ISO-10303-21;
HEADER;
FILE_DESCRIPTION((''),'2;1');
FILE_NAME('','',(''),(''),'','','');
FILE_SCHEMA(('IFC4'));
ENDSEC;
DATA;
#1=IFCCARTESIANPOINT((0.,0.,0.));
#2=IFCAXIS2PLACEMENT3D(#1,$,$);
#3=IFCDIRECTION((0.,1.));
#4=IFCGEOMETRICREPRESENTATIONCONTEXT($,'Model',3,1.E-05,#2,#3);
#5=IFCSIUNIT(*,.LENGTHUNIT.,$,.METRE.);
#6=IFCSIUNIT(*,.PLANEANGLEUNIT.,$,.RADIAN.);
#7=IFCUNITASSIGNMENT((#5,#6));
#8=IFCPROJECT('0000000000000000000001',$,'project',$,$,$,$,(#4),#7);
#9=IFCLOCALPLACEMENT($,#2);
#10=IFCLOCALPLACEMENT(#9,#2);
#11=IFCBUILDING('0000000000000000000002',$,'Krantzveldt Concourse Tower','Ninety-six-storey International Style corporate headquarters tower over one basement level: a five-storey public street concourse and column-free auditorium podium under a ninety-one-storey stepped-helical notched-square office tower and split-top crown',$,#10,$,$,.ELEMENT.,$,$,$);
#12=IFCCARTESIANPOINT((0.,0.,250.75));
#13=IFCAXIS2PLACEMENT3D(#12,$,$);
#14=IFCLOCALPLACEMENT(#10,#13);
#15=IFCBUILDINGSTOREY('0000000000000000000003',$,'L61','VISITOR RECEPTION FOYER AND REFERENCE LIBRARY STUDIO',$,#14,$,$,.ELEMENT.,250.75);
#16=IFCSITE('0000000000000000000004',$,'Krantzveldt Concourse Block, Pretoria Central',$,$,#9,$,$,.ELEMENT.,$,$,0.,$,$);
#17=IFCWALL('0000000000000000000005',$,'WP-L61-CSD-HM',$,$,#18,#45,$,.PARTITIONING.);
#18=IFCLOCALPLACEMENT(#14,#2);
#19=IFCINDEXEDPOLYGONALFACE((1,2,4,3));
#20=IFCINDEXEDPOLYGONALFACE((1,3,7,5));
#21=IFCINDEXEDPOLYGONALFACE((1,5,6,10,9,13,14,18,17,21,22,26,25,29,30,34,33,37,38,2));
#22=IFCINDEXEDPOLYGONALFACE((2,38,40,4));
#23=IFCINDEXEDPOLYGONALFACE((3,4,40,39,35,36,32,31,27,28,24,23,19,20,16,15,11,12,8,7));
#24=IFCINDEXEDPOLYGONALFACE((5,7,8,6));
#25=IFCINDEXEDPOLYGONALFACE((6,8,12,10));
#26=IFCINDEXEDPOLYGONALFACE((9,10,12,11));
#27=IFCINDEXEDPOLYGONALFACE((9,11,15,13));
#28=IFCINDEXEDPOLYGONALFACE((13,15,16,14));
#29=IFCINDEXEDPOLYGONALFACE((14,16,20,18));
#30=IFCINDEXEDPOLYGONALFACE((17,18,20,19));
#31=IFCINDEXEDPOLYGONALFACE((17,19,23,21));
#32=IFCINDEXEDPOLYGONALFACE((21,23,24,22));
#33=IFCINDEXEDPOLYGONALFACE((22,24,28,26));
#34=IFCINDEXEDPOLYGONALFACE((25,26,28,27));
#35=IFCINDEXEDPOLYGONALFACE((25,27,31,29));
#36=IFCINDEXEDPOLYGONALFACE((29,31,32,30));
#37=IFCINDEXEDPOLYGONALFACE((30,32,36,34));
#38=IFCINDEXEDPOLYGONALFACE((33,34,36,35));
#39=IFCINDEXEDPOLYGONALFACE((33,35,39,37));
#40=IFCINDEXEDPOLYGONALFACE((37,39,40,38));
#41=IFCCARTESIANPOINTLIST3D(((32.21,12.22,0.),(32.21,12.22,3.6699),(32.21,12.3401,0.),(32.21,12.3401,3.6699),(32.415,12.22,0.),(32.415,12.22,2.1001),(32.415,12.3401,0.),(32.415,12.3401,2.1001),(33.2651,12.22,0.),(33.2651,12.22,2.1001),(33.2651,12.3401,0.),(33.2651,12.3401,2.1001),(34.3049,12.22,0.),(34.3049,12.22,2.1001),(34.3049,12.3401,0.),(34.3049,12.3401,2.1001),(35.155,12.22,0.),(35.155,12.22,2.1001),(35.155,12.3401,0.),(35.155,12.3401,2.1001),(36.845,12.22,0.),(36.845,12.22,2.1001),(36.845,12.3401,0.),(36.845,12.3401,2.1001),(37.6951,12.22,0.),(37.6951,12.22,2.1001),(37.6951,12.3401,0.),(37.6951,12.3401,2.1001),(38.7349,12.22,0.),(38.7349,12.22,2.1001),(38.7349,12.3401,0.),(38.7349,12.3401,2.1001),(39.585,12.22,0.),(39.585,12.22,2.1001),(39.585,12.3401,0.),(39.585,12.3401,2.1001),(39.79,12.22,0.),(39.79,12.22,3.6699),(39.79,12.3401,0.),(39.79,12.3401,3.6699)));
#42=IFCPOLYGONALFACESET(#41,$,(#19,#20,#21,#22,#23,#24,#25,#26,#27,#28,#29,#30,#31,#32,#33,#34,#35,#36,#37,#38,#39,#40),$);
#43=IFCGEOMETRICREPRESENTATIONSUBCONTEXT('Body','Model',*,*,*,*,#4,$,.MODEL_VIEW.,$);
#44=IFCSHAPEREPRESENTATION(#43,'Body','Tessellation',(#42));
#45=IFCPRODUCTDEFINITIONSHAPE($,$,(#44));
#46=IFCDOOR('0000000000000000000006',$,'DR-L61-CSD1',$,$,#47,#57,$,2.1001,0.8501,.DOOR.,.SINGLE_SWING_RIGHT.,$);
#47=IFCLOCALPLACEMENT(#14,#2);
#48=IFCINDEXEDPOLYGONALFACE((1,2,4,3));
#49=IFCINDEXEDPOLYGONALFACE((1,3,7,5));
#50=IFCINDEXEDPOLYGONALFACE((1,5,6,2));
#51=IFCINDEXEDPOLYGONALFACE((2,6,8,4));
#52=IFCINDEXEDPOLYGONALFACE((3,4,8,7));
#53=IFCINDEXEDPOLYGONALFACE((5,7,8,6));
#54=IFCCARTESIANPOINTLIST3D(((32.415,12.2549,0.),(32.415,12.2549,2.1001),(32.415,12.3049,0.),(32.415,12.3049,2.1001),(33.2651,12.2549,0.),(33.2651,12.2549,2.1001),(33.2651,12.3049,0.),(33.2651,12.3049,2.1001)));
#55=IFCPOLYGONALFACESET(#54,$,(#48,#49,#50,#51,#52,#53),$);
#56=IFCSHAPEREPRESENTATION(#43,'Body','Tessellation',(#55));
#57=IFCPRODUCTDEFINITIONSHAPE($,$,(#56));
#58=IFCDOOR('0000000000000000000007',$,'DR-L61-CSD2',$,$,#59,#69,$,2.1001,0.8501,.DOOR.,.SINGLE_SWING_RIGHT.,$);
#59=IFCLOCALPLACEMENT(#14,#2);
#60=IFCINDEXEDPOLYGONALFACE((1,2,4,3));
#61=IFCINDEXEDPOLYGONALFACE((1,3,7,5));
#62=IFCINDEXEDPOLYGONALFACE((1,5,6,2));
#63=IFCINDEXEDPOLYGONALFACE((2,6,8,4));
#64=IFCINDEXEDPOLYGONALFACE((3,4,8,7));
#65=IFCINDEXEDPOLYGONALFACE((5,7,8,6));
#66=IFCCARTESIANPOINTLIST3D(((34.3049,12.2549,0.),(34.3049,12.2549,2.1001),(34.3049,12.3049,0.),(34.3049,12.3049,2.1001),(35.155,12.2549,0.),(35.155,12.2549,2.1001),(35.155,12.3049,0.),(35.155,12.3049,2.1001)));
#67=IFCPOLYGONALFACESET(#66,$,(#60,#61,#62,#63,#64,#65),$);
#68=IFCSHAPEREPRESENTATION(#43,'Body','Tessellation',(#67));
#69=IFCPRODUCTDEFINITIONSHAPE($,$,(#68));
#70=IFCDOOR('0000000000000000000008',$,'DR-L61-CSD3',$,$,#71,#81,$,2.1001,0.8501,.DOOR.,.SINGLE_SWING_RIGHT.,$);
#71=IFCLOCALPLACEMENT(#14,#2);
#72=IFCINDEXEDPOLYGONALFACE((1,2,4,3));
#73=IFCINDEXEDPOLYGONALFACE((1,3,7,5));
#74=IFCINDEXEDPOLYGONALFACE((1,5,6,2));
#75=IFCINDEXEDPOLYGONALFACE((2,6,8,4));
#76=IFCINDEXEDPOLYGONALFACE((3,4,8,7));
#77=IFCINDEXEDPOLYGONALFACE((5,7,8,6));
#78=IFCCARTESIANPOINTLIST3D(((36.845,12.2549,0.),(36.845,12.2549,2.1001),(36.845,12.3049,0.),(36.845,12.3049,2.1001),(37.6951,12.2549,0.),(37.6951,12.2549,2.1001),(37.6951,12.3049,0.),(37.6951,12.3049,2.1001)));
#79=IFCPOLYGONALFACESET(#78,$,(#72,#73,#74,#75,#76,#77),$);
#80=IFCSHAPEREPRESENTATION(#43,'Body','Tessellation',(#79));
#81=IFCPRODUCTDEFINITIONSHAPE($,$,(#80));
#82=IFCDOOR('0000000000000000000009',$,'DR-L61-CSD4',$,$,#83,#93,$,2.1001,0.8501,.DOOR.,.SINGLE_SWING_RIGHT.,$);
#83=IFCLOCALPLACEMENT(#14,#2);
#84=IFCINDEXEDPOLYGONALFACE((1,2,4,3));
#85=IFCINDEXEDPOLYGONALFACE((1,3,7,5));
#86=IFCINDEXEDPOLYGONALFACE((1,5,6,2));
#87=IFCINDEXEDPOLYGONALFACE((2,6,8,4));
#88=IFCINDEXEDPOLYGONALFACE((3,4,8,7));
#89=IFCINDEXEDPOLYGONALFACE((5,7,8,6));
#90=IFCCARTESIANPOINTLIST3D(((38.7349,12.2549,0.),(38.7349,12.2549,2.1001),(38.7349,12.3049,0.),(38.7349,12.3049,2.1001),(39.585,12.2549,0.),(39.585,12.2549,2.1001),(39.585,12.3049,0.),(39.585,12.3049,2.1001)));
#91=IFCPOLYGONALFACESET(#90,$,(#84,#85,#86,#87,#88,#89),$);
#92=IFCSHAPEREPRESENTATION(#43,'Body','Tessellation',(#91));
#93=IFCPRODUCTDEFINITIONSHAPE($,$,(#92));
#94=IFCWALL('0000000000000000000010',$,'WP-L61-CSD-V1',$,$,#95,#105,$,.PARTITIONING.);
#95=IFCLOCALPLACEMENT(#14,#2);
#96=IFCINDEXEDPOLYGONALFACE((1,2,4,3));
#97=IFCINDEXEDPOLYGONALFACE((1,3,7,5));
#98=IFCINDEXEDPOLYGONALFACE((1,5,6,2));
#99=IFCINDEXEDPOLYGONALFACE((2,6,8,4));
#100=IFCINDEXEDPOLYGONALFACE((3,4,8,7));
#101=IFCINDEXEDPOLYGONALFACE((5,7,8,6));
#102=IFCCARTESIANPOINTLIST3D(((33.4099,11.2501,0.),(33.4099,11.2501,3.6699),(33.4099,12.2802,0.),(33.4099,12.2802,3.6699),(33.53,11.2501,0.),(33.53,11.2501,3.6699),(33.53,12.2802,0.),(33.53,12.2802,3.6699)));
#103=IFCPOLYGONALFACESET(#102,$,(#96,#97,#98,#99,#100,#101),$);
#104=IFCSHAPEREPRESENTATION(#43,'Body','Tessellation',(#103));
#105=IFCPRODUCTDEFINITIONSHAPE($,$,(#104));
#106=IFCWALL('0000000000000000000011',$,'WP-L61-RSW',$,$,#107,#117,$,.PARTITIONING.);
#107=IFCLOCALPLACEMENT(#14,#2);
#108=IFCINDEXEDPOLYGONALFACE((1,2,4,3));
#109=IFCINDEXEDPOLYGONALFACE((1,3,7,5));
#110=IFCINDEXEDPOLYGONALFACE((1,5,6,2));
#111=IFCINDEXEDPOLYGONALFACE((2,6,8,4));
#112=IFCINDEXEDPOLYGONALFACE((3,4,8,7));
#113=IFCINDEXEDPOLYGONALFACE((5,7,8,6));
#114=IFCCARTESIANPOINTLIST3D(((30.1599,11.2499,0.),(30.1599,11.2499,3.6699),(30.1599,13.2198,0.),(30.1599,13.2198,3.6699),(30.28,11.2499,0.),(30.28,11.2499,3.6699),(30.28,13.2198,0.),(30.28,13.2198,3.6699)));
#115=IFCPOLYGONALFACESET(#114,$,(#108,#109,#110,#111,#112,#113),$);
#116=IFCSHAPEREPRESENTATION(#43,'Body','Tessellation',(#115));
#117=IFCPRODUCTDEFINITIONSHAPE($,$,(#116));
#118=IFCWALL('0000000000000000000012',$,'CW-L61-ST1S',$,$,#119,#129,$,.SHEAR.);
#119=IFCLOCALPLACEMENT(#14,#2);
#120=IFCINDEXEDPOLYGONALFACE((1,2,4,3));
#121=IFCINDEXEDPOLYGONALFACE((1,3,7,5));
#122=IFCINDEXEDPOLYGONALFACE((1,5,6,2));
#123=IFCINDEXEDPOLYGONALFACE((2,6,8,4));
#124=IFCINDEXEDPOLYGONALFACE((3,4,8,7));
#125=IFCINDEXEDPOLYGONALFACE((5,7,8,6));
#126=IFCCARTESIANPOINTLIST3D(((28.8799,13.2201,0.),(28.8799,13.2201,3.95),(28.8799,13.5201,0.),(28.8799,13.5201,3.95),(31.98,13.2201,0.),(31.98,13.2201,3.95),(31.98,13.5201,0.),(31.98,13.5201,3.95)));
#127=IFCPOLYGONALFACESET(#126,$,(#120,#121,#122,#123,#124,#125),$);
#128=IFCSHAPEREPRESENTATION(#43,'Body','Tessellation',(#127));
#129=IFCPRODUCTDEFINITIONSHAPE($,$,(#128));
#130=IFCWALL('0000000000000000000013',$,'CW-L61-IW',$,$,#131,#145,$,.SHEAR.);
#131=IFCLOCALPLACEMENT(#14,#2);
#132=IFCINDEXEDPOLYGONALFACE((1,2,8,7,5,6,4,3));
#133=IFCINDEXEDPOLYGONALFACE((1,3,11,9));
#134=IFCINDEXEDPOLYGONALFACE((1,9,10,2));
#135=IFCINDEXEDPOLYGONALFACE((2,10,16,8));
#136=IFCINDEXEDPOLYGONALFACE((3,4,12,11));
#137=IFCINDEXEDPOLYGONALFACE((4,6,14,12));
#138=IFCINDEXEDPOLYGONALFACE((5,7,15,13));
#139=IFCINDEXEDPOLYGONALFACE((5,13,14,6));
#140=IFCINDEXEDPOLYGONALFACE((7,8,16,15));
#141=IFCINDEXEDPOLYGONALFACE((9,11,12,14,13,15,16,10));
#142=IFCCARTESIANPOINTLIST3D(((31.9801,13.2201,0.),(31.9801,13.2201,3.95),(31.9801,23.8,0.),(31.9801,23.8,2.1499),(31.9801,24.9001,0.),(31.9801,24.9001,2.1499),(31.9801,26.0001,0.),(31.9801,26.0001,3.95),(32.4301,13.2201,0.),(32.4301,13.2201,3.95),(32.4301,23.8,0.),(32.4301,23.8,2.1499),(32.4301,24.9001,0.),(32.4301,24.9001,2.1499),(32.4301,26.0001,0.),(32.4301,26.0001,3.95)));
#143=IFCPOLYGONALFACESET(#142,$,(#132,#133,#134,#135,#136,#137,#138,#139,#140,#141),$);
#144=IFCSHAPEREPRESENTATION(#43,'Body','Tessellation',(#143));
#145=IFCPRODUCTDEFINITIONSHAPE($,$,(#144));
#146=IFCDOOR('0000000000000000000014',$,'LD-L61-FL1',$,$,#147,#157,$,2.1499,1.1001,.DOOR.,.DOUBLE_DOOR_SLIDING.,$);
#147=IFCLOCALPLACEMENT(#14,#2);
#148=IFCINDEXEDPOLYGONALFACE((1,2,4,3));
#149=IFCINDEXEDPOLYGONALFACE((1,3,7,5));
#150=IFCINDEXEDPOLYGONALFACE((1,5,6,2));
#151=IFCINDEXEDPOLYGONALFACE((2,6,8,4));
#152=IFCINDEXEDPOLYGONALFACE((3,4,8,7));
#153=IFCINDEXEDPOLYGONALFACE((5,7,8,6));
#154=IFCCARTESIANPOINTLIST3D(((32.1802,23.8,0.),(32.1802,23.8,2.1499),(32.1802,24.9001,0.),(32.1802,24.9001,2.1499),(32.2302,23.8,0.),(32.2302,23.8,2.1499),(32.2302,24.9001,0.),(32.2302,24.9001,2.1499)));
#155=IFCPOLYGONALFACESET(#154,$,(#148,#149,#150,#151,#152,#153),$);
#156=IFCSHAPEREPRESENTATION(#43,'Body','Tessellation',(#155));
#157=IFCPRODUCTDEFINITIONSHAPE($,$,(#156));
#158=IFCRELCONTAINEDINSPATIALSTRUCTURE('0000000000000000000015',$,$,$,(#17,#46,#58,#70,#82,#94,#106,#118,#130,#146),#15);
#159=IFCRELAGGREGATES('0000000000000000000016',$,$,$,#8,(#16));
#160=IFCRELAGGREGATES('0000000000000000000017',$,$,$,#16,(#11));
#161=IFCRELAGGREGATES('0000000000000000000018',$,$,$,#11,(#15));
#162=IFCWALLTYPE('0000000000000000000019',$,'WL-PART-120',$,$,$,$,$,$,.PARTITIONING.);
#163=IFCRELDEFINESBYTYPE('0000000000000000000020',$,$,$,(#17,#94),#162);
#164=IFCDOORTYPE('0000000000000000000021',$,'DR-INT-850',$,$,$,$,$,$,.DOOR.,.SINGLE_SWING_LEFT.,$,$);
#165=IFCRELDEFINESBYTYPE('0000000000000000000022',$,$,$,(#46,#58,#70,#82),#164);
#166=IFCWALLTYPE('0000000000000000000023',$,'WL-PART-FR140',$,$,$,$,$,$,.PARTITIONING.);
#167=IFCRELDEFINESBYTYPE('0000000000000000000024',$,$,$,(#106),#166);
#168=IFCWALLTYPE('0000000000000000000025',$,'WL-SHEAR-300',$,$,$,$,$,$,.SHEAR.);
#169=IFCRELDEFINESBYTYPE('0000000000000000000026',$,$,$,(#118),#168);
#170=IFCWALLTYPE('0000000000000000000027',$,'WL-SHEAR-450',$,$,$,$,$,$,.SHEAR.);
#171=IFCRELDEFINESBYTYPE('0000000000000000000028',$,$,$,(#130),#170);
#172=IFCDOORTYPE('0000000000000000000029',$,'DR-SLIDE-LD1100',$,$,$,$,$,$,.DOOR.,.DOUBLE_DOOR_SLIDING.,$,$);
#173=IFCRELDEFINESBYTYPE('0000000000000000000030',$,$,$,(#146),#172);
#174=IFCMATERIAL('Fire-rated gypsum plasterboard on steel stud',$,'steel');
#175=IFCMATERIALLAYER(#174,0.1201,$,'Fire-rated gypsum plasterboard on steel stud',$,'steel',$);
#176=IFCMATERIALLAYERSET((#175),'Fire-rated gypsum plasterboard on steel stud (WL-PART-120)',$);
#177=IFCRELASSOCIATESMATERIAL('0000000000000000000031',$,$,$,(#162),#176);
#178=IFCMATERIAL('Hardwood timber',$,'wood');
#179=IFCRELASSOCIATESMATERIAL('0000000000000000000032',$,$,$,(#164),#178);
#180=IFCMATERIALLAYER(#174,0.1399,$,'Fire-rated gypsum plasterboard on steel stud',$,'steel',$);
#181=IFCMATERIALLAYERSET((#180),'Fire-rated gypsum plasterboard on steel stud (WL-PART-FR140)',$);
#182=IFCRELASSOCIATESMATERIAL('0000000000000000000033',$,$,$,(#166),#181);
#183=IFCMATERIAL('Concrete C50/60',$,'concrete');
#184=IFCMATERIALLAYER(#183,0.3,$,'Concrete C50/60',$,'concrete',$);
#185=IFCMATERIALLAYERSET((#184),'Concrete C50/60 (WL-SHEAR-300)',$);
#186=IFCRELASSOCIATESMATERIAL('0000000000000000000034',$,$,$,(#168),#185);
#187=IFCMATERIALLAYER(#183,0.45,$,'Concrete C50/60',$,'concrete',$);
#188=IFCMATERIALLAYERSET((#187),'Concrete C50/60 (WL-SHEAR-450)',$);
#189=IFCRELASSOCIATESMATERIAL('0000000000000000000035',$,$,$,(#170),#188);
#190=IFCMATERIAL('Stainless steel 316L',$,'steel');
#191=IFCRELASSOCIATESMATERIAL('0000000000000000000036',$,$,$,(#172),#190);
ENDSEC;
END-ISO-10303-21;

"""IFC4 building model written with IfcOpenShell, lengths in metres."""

from ifc_helpers import new_model, si_unit, direction, frame, frame_2d, origin, place, context, subcontext, project, spatial, rectangle, extrude, material, layer, layer_set, type_object, element, fill, save


model = new_model("IFC4")

# Units and contexts
model_context = context("Model", 3, precision=1e-05, world=origin(), true_north=direction((0.0, 1.0)))
body_context = subcontext(model_context, "Body", "Model", "MODEL_VIEW")
ifc_project = project(units=[si_unit("LENGTHUNIT", "METRE"), si_unit("PLANEANGLEUNIT", "RADIAN")], contexts=[model_context])

# Site, building, storey
site_placement = place(None, origin())
site = spatial("IfcSite", under=ifc_project, at=site_placement, Name="Krantzveldt Concourse Block, Pretoria Central", CompositionType="ELEMENT", RefElevation=0.0)
building_placement = place(site_placement, origin())
building = spatial("IfcBuilding", under=site, at=building_placement, Name="Krantzveldt Concourse Tower", Description="Ninety-six-storey International Style corporate headquarters tower over one basement level: a five-storey public street concourse and column-free auditorium podium under a ninety-one-storey stepped-helical notched-square office tower and split-top crown", CompositionType="ELEMENT")
storey_placement = place(building_placement, frame((0.0, 0.0, 250.75)))
storey = spatial("IfcBuildingStorey", under=building, at=storey_placement, Name="L61", Description="VISITOR RECEPTION FOYER AND REFERENCE LIBRARY STUDIO", CompositionType="ELEMENT", Elevation=250.75)

# Shared definitions
ifc_material_1 = material(Name="Fire-rated gypsum plasterboard on steel stud", Category="steel")
ifc_layer_1 = layer(ifc_material_1, 0.1201, Name="Fire-rated gypsum plasterboard on steel stud", Category="steel")
ifc_layer_set_1 = layer_set([ifc_layer_1], Name="Fire-rated gypsum plasterboard on steel stud (WL-PART-120)")
wall_type_1 = type_object("IfcWallType", Name="WL-PART-120", PredefinedType="PARTITIONING", material=ifc_layer_set_1)
ifc_material_2 = material(Name="Hardwood timber", Category="wood")
door_type_1 = type_object("IfcDoorType", Name="DR-INT-850", OperationType="SINGLE_SWING_LEFT", PredefinedType="DOOR", material=ifc_material_2)

# Wall, openings, doors
wall_1_placement = place(storey_placement, frame((32.21, 12.28, 0.0), z_axis=(0.0, 0.0, 1.0), x_axis=(1.0, 0.0, 0.0)))
wall_1 = element("IfcWall", 1, at=wall_1_placement, inside=storey, type_object=wall_type_1, Name="WP-L61-CSD-HM", PredefinedType="PARTITIONING", context=body_context, shape_type="SweptSolid", body=[
    extrude(rectangle(XDim=7.5801, YDim=0.1201, at=frame_2d((3.79, 0.0))), origin(), (0.0, 0.0, 1.0), 3.6699),
])
opening_1_placement = place(wall_1_placement, frame((0.2051, 0.0, 0.0)))
opening_1 = element("IfcOpeningElement", 2, at=opening_1_placement, cuts=wall_1, PredefinedType="OPENING", context=body_context, shape_type="SweptSolid", body=[
    extrude(rectangle(XDim=0.8501, YDim=2.1001, at=frame_2d((0.425, 1.05))), frame((0.0, 0.0701, 0.0), z_axis=(0.0, -1.0, 0.0), x_axis=(1.0, 0.0, 0.0)), (0.0, 0.0, 1.0), 0.1401),
])
opening_2_placement = place(wall_1_placement, frame((2.095, 0.0, 0.0)))
opening_2 = element("IfcOpeningElement", 3, at=opening_2_placement, cuts=wall_1, PredefinedType="OPENING", context=body_context, shape_type="SweptSolid", body=[
    extrude(rectangle(XDim=0.8501, YDim=2.1001, at=frame_2d((0.425, 1.05))), frame((0.0, 0.0701, 0.0), z_axis=(0.0, -1.0, 0.0), x_axis=(1.0, 0.0, 0.0)), (0.0, 0.0, 1.0), 0.1401),
])
opening_3_placement = place(wall_1_placement, frame((4.635, 0.0, 0.0)))
opening_3 = element("IfcOpeningElement", 4, at=opening_3_placement, cuts=wall_1, PredefinedType="OPENING", context=body_context, shape_type="SweptSolid", body=[
    extrude(rectangle(XDim=0.8501, YDim=2.1001, at=frame_2d((0.425, 1.05))), frame((0.0, 0.0701, 0.0), z_axis=(0.0, -1.0, 0.0), x_axis=(1.0, 0.0, 0.0)), (0.0, 0.0, 1.0), 0.1401),
])
opening_4_placement = place(wall_1_placement, frame((6.5249, 0.0, 0.0)))
opening_4 = element("IfcOpeningElement", 5, at=opening_4_placement, cuts=wall_1, PredefinedType="OPENING", context=body_context, shape_type="SweptSolid", body=[
    extrude(rectangle(XDim=0.8501, YDim=2.1001, at=frame_2d((0.425, 1.05))), frame((0.0, 0.0701, 0.0), z_axis=(0.0, -1.0, 0.0), x_axis=(1.0, 0.0, 0.0)), (0.0, 0.0, 1.0), 0.1401),
])
door_1_placement = place(opening_1_placement, origin())
door_1 = element("IfcDoor", 6, at=door_1_placement, inside=storey, type_object=door_type_1, Name="DR-L61-CSD1", OperationType="SINGLE_SWING_RIGHT", OverallHeight=2.1001, OverallWidth=0.8501, PredefinedType="DOOR", context=body_context, shape_type="SweptSolid", body=[
    extrude(rectangle(XDim=0.8501, YDim=2.1001, at=frame_2d((0.425, 1.05))), frame((0.0, 0.0249, 0.0), z_axis=(0.0, -1.0, 0.0), x_axis=(1.0, 0.0, 0.0)), (0.0, 0.0, 1.0), 0.05),
])
fill(opening_1, door_1)
door_2_placement = place(opening_2_placement, origin())
door_2 = element("IfcDoor", 7, at=door_2_placement, inside=storey, type_object=door_type_1, Name="DR-L61-CSD2", OperationType="SINGLE_SWING_RIGHT", OverallHeight=2.1001, OverallWidth=0.8501, PredefinedType="DOOR", context=body_context, shape_type="SweptSolid", body=[
    extrude(rectangle(XDim=0.8501, YDim=2.1001, at=frame_2d((0.425, 1.05))), frame((0.0, 0.0249, 0.0), z_axis=(0.0, -1.0, 0.0), x_axis=(1.0, 0.0, 0.0)), (0.0, 0.0, 1.0), 0.05),
])
fill(opening_2, door_2)
door_3_placement = place(opening_3_placement, origin())
door_3 = element("IfcDoor", 8, at=door_3_placement, inside=storey, type_object=door_type_1, Name="DR-L61-CSD3", OperationType="SINGLE_SWING_RIGHT", OverallHeight=2.1001, OverallWidth=0.8501, PredefinedType="DOOR", context=body_context, shape_type="SweptSolid", body=[
    extrude(rectangle(XDim=0.8501, YDim=2.1001, at=frame_2d((0.425, 1.05))), frame((0.0, 0.0249, 0.0), z_axis=(0.0, -1.0, 0.0), x_axis=(1.0, 0.0, 0.0)), (0.0, 0.0, 1.0), 0.05),
])
fill(opening_3, door_3)
door_4_placement = place(opening_4_placement, origin())
door_4 = element("IfcDoor", 9, at=door_4_placement, inside=storey, type_object=door_type_1, Name="DR-L61-CSD4", OperationType="SINGLE_SWING_RIGHT", OverallHeight=2.1001, OverallWidth=0.8501, PredefinedType="DOOR", context=body_context, shape_type="SweptSolid", body=[
    extrude(rectangle(XDim=0.8501, YDim=2.1001, at=frame_2d((0.425, 1.05))), frame((0.0, 0.0249, 0.0), z_axis=(0.0, -1.0, 0.0), x_axis=(1.0, 0.0, 0.0)), (0.0, 0.0, 1.0), 0.05),
])
fill(opening_4, door_4)

# Walls
wall_2_placement = place(storey_placement, frame((33.47, 11.25, 0.0), z_axis=(0.0, 0.0, 1.0), x_axis=(0.0, 1.0, 0.0)))
element("IfcWall", 10, at=wall_2_placement, inside=storey, type_object=wall_type_1, Name="WP-L61-CSD-V1", PredefinedType="PARTITIONING", context=body_context, shape_type="SweptSolid", body=[
    extrude(rectangle(XDim=1.03, YDim=0.1201, at=frame_2d((0.5151, 0.0))), origin(), (0.0, 0.0, 1.0), 3.6699),
])
ifc_layer_2 = layer(ifc_material_1, 0.1399, Name="Fire-rated gypsum plasterboard on steel stud", Category="steel")
ifc_layer_set_2 = layer_set([ifc_layer_2], Name="Fire-rated gypsum plasterboard on steel stud (WL-PART-FR140)")
wall_type_2 = type_object("IfcWallType", Name="WL-PART-FR140", PredefinedType="PARTITIONING", material=ifc_layer_set_2)
wall_3_placement = place(storey_placement, frame((30.22, 11.25, 0.0), z_axis=(0.0, 0.0, 1.0), x_axis=(0.0, 1.0, 0.0)))
element("IfcWall", 11, at=wall_3_placement, inside=storey, type_object=wall_type_2, Name="WP-L61-RSW", PredefinedType="PARTITIONING", context=body_context, shape_type="SweptSolid", body=[
    extrude(rectangle(XDim=1.97, YDim=0.1201, at=frame_2d((0.9849, 0.0))), origin(), (0.0, 0.0, 1.0), 3.6699),
])
ifc_material_3 = material(Name="Concrete C50/60", Category="concrete")
ifc_layer_3 = layer(ifc_material_3, 0.3, Name="Concrete C50/60", Category="concrete")
ifc_layer_set_3 = layer_set([ifc_layer_3], Name="Concrete C50/60 (WL-SHEAR-300)")
wall_type_3 = type_object("IfcWallType", Name="WL-SHEAR-300", PredefinedType="SHEAR", material=ifc_layer_set_3)
wall_4_placement = place(storey_placement, frame((28.8799, 13.3701, 0.0), z_axis=(0.0, 0.0, 1.0), x_axis=(1.0, 0.0, 0.0)))
element("IfcWall", 12, at=wall_4_placement, inside=storey, type_object=wall_type_3, Name="CW-L61-ST1S", PredefinedType="SHEAR", context=body_context, shape_type="SweptSolid", body=[
    extrude(rectangle(XDim=3.1001, YDim=0.3, at=frame_2d((1.55, 0.0))), origin(), (0.0, 0.0, 1.0), 3.95),
])

# Wall, opening, door
ifc_layer_4 = layer(ifc_material_3, 0.45, Name="Concrete C50/60", Category="concrete")
ifc_layer_set_4 = layer_set([ifc_layer_4], Name="Concrete C50/60 (WL-SHEAR-450)")
wall_type_4 = type_object("IfcWallType", Name="WL-SHEAR-450", PredefinedType="SHEAR", material=ifc_layer_set_4)
wall_5_placement = place(storey_placement, frame((32.2051, 13.22, 0.0), z_axis=(0.0, 0.0, 1.0), x_axis=(0.0, 1.0, 0.0)))
wall_5 = element("IfcWall", 13, at=wall_5_placement, inside=storey, type_object=wall_type_4, Name="CW-L61-IW", PredefinedType="SHEAR", context=body_context, shape_type="SweptSolid", body=[
    extrude(rectangle(XDim=12.78, YDim=0.45, at=frame_2d((6.3901, 0.0))), origin(), (0.0, 0.0, 1.0), 3.95),
])
opening_5_placement = place(wall_5_placement, frame((10.5801, 0.0, 0.0)))
opening_5 = element("IfcOpeningElement", 14, at=opening_5_placement, cuts=wall_5, PredefinedType="OPENING", context=body_context, shape_type="SweptSolid", body=[
    extrude(rectangle(XDim=1.1001, YDim=2.1499, at=frame_2d((0.55, 1.075))), frame((0.0, 0.2349, 0.0), z_axis=(0.0, -1.0, 0.0), x_axis=(1.0, 0.0, 0.0)), (0.0, 0.0, 1.0), 0.47),
])
ifc_material_4 = material(Name="Stainless steel 316L", Category="steel")
door_type_2 = type_object("IfcDoorType", Name="DR-SLIDE-LD1100", OperationType="DOUBLE_DOOR_SLIDING", PredefinedType="DOOR", material=ifc_material_4)
door_5_placement = place(opening_5_placement, origin())
door_5 = element("IfcDoor", 15, at=door_5_placement, inside=storey, type_object=door_type_2, Name="LD-L61-FL1", OperationType="DOUBLE_DOOR_SLIDING", OverallHeight=2.1499, OverallWidth=1.1001, PredefinedType="DOOR", context=body_context, shape_type="SweptSolid", body=[
    extrude(rectangle(XDim=1.1001, YDim=2.1499, at=frame_2d((0.55, 1.075))), frame((0.0, 0.0249, 0.0), z_axis=(0.0, -1.0, 0.0), x_axis=(1.0, 0.0, 0.0)), (0.0, 0.0, 1.0), 0.05),
])
fill(opening_5, door_5)

save(model, "model.ifc")
